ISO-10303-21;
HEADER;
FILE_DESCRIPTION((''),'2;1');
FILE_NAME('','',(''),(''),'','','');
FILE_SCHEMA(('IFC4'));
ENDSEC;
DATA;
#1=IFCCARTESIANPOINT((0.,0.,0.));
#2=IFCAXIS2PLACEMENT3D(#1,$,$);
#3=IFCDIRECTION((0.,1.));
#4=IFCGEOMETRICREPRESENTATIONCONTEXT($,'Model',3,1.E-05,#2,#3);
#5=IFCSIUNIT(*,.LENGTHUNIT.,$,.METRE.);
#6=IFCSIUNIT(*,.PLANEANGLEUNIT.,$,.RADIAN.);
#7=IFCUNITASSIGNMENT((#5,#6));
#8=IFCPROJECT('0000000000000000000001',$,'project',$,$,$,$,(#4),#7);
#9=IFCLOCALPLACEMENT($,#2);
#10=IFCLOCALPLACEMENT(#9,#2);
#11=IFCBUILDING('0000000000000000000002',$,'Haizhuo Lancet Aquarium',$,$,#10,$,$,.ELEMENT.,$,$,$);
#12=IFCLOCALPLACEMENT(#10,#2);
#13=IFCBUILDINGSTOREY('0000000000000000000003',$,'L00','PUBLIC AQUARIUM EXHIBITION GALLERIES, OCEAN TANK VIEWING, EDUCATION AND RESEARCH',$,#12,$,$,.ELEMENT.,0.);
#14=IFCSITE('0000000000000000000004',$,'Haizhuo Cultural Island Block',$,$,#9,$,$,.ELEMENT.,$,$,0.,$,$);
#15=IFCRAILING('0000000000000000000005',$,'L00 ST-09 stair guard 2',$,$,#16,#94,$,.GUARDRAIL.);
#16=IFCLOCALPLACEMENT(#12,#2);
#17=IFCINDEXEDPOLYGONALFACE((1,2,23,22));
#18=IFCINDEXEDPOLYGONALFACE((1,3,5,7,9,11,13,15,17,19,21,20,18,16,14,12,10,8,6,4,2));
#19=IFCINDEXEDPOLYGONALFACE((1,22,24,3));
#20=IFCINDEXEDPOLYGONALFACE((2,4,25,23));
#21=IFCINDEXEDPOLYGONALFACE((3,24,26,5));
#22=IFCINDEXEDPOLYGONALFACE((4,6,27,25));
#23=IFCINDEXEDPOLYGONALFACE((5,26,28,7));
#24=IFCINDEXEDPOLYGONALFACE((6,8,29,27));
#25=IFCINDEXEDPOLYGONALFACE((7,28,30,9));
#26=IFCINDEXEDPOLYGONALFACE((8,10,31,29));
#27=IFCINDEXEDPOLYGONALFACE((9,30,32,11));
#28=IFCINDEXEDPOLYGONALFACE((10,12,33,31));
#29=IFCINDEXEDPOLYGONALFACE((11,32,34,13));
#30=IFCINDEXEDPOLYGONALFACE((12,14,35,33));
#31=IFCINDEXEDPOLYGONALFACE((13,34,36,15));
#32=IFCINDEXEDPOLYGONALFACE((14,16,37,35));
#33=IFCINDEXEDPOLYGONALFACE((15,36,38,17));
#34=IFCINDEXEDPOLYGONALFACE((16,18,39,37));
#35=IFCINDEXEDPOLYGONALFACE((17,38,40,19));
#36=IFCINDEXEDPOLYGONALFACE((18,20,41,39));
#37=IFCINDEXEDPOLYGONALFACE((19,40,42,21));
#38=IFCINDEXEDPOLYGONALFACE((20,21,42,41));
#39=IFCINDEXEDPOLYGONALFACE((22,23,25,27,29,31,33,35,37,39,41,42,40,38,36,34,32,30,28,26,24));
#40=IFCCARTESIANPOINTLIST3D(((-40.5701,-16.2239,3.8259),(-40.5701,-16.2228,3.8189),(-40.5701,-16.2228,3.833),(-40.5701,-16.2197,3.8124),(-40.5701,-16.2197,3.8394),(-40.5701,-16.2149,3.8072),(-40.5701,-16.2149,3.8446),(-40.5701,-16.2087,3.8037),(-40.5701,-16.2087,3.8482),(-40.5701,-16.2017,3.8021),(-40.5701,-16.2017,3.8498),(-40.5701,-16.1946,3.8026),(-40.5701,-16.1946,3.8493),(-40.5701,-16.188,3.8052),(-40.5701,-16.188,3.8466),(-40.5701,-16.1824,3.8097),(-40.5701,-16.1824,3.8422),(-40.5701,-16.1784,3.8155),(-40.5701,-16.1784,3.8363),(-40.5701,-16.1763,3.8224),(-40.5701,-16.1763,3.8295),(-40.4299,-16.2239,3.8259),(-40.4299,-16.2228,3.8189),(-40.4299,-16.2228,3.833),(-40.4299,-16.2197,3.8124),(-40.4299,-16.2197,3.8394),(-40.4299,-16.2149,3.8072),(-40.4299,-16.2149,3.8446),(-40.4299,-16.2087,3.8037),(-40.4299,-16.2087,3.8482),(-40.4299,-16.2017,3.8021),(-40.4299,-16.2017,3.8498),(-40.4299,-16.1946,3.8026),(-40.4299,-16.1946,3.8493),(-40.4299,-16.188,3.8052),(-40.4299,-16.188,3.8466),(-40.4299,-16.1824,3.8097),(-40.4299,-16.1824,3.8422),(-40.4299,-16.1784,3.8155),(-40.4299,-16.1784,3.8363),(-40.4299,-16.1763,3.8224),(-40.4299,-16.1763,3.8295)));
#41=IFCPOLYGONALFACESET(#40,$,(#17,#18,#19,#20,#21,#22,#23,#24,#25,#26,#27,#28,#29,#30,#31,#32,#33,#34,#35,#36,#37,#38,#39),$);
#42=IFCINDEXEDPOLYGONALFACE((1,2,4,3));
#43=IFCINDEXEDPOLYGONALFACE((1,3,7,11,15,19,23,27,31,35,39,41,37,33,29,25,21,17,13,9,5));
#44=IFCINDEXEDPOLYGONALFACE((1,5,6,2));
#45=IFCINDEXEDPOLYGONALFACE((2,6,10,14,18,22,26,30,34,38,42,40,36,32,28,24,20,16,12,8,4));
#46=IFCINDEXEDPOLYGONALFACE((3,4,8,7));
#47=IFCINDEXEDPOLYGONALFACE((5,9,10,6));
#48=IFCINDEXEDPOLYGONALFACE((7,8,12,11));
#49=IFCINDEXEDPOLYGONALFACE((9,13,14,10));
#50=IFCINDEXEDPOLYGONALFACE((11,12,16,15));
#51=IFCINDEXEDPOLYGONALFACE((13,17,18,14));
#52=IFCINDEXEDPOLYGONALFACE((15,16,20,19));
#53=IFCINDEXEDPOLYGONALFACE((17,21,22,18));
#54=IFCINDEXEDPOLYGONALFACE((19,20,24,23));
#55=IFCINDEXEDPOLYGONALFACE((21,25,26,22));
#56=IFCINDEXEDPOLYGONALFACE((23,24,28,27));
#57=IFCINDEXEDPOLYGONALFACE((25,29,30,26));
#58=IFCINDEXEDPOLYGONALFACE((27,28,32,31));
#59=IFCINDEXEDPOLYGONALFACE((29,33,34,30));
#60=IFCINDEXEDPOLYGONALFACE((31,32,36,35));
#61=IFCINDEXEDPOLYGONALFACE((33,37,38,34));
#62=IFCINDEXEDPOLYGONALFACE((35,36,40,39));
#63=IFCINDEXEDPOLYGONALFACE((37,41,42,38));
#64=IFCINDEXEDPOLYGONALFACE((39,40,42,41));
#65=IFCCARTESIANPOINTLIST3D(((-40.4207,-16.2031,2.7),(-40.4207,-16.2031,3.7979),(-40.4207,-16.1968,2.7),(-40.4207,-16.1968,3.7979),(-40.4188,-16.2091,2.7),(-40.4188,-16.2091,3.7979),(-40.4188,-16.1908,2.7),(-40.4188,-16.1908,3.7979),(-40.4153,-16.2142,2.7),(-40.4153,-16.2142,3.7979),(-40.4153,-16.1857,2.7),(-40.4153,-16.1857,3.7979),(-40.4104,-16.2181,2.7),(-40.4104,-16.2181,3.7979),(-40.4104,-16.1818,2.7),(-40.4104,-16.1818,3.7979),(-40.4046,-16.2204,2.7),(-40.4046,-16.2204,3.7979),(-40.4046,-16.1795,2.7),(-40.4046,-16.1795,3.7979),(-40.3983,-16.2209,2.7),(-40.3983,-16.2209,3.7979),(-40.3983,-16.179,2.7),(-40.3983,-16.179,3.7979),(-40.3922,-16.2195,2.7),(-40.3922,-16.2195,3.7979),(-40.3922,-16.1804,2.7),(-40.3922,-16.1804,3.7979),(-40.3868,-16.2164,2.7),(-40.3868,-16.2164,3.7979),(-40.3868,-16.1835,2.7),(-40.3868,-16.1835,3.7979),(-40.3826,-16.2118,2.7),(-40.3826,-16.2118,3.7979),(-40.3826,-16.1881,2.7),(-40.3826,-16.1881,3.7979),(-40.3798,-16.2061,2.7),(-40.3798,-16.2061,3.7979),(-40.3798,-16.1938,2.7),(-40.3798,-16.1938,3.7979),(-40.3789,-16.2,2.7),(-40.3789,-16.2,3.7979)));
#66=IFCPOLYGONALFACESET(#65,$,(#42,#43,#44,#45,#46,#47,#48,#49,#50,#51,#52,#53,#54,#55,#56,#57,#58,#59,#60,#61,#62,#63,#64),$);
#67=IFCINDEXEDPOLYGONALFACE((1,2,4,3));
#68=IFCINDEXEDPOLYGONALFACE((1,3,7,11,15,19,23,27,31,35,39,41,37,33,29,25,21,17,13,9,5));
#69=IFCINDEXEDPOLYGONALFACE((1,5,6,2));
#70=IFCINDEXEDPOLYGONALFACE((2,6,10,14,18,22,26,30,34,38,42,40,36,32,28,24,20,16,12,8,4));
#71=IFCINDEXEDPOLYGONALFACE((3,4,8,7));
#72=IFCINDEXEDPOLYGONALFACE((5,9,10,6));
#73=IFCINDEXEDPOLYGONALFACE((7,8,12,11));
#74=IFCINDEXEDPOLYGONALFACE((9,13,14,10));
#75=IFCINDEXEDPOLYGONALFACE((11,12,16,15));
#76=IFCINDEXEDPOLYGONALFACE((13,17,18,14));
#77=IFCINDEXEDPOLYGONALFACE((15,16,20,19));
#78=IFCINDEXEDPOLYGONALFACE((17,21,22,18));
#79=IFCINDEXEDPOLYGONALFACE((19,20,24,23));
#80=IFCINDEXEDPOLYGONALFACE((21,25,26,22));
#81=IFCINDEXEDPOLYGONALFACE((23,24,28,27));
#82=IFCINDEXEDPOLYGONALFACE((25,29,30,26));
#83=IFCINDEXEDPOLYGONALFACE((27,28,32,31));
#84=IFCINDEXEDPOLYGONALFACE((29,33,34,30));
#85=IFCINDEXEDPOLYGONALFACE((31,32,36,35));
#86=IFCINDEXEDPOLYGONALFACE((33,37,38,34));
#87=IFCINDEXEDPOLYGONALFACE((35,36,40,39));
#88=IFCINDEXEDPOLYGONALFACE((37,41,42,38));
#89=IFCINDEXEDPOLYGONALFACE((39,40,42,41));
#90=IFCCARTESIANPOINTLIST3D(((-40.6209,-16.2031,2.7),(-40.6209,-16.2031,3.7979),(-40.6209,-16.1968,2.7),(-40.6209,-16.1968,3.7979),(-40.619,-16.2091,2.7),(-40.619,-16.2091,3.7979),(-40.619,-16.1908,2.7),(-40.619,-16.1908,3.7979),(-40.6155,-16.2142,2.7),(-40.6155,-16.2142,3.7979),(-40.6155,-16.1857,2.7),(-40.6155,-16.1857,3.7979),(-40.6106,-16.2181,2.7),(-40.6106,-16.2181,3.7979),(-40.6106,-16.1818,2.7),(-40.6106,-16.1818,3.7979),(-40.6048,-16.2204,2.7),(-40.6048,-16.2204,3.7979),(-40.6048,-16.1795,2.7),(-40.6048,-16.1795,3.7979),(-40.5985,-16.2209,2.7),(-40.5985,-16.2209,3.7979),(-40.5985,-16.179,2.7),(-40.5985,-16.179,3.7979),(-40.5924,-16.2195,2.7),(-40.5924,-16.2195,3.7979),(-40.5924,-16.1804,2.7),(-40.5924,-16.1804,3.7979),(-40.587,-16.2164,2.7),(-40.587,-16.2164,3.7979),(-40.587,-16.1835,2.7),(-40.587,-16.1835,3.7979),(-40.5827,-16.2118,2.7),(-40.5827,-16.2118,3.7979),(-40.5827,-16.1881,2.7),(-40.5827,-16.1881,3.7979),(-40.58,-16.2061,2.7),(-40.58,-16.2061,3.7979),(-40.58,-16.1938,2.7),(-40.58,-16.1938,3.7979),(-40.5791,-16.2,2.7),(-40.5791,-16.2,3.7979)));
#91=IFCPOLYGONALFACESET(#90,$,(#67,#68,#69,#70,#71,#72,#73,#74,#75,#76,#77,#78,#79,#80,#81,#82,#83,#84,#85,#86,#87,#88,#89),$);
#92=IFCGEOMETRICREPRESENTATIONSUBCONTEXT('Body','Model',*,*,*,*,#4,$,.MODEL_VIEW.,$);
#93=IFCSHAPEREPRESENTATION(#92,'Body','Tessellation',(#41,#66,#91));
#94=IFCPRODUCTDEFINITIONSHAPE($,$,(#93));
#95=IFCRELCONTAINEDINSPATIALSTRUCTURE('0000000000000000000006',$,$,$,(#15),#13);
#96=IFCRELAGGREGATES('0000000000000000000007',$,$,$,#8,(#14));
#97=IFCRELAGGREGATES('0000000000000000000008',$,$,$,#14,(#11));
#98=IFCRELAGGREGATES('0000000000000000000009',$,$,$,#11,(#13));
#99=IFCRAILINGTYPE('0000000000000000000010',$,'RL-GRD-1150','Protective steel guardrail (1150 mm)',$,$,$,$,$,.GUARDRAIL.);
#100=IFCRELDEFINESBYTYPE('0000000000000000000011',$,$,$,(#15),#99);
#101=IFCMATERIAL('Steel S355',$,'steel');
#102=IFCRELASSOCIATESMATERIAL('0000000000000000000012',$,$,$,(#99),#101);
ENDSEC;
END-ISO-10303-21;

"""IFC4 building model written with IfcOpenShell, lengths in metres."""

from ifc_helpers import new_model, si_unit, direction, frame, origin, origin_2d, place, context, subcontext, project, spatial, circle, extrude, material, type_object, element, save


model = new_model("IFC4")

# Units and contexts
model_context = context("Model", 3, precision=1e-05, world=origin(), true_north=direction((0.0, 1.0)))
body_context = subcontext(model_context, "Body", "Model", "MODEL_VIEW")
ifc_project = project(units=[si_unit("LENGTHUNIT", "METRE"), si_unit("PLANEANGLEUNIT", "RADIAN")], contexts=[model_context])

# Site, building, storey
site_placement = place(None, origin())
site = spatial("IfcSite", under=ifc_project, at=site_placement, Name="Haizhuo Cultural Island Block", CompositionType="ELEMENT", RefElevation=0.0)
building_placement = place(site_placement, origin())
building = spatial("IfcBuilding", under=site, at=building_placement, Name="Haizhuo Lancet Aquarium", CompositionType="ELEMENT")
storey_placement = place(building_placement, origin())
storey = spatial("IfcBuildingStorey", under=building, at=storey_placement, Name="L00", Description="PUBLIC AQUARIUM EXHIBITION GALLERIES, OCEAN TANK VIEWING, EDUCATION AND RESEARCH", CompositionType="ELEMENT", Elevation=0.0)

# Shared definitions
ifc_material_1 = material(Name="Steel S355", Category="steel")

# Railing
railing_type_1 = type_object("IfcRailingType", Name="RL-GRD-1150", Description="Protective steel guardrail (1150 mm)", PredefinedType="GUARDRAIL", material=ifc_material_1)
railing_1_placement = place(storey_placement, frame((-40.3999, -16.2, 2.7)))
element("IfcRailing", 1, at=railing_1_placement, inside=storey, type_object=railing_type_1, Name="L00 ST-09 stair guard 2", PredefinedType="GUARDRAIL", context=body_context, shape_type="SweptSolid", body=[
    extrude(circle(Radius=0.0239, at=origin_2d()), frame((-0.03, 0.0, 1.126), z_axis=(-1.0, 0.0, 0.0), x_axis=(0.0, -1.0, 0.0)), (0.0, 0.0, 1.0), 0.1401),
    extrude(circle(Radius=0.021, at=origin_2d()), origin(), (0.0, 0.0, 1.0), 1.0979),
    extrude(circle(Radius=0.021, at=origin_2d()), frame((-0.2002, 0.0, 0.0)), (0.0, 0.0, 1.0), 1.0979),
])

save(model, "model.ifc")
